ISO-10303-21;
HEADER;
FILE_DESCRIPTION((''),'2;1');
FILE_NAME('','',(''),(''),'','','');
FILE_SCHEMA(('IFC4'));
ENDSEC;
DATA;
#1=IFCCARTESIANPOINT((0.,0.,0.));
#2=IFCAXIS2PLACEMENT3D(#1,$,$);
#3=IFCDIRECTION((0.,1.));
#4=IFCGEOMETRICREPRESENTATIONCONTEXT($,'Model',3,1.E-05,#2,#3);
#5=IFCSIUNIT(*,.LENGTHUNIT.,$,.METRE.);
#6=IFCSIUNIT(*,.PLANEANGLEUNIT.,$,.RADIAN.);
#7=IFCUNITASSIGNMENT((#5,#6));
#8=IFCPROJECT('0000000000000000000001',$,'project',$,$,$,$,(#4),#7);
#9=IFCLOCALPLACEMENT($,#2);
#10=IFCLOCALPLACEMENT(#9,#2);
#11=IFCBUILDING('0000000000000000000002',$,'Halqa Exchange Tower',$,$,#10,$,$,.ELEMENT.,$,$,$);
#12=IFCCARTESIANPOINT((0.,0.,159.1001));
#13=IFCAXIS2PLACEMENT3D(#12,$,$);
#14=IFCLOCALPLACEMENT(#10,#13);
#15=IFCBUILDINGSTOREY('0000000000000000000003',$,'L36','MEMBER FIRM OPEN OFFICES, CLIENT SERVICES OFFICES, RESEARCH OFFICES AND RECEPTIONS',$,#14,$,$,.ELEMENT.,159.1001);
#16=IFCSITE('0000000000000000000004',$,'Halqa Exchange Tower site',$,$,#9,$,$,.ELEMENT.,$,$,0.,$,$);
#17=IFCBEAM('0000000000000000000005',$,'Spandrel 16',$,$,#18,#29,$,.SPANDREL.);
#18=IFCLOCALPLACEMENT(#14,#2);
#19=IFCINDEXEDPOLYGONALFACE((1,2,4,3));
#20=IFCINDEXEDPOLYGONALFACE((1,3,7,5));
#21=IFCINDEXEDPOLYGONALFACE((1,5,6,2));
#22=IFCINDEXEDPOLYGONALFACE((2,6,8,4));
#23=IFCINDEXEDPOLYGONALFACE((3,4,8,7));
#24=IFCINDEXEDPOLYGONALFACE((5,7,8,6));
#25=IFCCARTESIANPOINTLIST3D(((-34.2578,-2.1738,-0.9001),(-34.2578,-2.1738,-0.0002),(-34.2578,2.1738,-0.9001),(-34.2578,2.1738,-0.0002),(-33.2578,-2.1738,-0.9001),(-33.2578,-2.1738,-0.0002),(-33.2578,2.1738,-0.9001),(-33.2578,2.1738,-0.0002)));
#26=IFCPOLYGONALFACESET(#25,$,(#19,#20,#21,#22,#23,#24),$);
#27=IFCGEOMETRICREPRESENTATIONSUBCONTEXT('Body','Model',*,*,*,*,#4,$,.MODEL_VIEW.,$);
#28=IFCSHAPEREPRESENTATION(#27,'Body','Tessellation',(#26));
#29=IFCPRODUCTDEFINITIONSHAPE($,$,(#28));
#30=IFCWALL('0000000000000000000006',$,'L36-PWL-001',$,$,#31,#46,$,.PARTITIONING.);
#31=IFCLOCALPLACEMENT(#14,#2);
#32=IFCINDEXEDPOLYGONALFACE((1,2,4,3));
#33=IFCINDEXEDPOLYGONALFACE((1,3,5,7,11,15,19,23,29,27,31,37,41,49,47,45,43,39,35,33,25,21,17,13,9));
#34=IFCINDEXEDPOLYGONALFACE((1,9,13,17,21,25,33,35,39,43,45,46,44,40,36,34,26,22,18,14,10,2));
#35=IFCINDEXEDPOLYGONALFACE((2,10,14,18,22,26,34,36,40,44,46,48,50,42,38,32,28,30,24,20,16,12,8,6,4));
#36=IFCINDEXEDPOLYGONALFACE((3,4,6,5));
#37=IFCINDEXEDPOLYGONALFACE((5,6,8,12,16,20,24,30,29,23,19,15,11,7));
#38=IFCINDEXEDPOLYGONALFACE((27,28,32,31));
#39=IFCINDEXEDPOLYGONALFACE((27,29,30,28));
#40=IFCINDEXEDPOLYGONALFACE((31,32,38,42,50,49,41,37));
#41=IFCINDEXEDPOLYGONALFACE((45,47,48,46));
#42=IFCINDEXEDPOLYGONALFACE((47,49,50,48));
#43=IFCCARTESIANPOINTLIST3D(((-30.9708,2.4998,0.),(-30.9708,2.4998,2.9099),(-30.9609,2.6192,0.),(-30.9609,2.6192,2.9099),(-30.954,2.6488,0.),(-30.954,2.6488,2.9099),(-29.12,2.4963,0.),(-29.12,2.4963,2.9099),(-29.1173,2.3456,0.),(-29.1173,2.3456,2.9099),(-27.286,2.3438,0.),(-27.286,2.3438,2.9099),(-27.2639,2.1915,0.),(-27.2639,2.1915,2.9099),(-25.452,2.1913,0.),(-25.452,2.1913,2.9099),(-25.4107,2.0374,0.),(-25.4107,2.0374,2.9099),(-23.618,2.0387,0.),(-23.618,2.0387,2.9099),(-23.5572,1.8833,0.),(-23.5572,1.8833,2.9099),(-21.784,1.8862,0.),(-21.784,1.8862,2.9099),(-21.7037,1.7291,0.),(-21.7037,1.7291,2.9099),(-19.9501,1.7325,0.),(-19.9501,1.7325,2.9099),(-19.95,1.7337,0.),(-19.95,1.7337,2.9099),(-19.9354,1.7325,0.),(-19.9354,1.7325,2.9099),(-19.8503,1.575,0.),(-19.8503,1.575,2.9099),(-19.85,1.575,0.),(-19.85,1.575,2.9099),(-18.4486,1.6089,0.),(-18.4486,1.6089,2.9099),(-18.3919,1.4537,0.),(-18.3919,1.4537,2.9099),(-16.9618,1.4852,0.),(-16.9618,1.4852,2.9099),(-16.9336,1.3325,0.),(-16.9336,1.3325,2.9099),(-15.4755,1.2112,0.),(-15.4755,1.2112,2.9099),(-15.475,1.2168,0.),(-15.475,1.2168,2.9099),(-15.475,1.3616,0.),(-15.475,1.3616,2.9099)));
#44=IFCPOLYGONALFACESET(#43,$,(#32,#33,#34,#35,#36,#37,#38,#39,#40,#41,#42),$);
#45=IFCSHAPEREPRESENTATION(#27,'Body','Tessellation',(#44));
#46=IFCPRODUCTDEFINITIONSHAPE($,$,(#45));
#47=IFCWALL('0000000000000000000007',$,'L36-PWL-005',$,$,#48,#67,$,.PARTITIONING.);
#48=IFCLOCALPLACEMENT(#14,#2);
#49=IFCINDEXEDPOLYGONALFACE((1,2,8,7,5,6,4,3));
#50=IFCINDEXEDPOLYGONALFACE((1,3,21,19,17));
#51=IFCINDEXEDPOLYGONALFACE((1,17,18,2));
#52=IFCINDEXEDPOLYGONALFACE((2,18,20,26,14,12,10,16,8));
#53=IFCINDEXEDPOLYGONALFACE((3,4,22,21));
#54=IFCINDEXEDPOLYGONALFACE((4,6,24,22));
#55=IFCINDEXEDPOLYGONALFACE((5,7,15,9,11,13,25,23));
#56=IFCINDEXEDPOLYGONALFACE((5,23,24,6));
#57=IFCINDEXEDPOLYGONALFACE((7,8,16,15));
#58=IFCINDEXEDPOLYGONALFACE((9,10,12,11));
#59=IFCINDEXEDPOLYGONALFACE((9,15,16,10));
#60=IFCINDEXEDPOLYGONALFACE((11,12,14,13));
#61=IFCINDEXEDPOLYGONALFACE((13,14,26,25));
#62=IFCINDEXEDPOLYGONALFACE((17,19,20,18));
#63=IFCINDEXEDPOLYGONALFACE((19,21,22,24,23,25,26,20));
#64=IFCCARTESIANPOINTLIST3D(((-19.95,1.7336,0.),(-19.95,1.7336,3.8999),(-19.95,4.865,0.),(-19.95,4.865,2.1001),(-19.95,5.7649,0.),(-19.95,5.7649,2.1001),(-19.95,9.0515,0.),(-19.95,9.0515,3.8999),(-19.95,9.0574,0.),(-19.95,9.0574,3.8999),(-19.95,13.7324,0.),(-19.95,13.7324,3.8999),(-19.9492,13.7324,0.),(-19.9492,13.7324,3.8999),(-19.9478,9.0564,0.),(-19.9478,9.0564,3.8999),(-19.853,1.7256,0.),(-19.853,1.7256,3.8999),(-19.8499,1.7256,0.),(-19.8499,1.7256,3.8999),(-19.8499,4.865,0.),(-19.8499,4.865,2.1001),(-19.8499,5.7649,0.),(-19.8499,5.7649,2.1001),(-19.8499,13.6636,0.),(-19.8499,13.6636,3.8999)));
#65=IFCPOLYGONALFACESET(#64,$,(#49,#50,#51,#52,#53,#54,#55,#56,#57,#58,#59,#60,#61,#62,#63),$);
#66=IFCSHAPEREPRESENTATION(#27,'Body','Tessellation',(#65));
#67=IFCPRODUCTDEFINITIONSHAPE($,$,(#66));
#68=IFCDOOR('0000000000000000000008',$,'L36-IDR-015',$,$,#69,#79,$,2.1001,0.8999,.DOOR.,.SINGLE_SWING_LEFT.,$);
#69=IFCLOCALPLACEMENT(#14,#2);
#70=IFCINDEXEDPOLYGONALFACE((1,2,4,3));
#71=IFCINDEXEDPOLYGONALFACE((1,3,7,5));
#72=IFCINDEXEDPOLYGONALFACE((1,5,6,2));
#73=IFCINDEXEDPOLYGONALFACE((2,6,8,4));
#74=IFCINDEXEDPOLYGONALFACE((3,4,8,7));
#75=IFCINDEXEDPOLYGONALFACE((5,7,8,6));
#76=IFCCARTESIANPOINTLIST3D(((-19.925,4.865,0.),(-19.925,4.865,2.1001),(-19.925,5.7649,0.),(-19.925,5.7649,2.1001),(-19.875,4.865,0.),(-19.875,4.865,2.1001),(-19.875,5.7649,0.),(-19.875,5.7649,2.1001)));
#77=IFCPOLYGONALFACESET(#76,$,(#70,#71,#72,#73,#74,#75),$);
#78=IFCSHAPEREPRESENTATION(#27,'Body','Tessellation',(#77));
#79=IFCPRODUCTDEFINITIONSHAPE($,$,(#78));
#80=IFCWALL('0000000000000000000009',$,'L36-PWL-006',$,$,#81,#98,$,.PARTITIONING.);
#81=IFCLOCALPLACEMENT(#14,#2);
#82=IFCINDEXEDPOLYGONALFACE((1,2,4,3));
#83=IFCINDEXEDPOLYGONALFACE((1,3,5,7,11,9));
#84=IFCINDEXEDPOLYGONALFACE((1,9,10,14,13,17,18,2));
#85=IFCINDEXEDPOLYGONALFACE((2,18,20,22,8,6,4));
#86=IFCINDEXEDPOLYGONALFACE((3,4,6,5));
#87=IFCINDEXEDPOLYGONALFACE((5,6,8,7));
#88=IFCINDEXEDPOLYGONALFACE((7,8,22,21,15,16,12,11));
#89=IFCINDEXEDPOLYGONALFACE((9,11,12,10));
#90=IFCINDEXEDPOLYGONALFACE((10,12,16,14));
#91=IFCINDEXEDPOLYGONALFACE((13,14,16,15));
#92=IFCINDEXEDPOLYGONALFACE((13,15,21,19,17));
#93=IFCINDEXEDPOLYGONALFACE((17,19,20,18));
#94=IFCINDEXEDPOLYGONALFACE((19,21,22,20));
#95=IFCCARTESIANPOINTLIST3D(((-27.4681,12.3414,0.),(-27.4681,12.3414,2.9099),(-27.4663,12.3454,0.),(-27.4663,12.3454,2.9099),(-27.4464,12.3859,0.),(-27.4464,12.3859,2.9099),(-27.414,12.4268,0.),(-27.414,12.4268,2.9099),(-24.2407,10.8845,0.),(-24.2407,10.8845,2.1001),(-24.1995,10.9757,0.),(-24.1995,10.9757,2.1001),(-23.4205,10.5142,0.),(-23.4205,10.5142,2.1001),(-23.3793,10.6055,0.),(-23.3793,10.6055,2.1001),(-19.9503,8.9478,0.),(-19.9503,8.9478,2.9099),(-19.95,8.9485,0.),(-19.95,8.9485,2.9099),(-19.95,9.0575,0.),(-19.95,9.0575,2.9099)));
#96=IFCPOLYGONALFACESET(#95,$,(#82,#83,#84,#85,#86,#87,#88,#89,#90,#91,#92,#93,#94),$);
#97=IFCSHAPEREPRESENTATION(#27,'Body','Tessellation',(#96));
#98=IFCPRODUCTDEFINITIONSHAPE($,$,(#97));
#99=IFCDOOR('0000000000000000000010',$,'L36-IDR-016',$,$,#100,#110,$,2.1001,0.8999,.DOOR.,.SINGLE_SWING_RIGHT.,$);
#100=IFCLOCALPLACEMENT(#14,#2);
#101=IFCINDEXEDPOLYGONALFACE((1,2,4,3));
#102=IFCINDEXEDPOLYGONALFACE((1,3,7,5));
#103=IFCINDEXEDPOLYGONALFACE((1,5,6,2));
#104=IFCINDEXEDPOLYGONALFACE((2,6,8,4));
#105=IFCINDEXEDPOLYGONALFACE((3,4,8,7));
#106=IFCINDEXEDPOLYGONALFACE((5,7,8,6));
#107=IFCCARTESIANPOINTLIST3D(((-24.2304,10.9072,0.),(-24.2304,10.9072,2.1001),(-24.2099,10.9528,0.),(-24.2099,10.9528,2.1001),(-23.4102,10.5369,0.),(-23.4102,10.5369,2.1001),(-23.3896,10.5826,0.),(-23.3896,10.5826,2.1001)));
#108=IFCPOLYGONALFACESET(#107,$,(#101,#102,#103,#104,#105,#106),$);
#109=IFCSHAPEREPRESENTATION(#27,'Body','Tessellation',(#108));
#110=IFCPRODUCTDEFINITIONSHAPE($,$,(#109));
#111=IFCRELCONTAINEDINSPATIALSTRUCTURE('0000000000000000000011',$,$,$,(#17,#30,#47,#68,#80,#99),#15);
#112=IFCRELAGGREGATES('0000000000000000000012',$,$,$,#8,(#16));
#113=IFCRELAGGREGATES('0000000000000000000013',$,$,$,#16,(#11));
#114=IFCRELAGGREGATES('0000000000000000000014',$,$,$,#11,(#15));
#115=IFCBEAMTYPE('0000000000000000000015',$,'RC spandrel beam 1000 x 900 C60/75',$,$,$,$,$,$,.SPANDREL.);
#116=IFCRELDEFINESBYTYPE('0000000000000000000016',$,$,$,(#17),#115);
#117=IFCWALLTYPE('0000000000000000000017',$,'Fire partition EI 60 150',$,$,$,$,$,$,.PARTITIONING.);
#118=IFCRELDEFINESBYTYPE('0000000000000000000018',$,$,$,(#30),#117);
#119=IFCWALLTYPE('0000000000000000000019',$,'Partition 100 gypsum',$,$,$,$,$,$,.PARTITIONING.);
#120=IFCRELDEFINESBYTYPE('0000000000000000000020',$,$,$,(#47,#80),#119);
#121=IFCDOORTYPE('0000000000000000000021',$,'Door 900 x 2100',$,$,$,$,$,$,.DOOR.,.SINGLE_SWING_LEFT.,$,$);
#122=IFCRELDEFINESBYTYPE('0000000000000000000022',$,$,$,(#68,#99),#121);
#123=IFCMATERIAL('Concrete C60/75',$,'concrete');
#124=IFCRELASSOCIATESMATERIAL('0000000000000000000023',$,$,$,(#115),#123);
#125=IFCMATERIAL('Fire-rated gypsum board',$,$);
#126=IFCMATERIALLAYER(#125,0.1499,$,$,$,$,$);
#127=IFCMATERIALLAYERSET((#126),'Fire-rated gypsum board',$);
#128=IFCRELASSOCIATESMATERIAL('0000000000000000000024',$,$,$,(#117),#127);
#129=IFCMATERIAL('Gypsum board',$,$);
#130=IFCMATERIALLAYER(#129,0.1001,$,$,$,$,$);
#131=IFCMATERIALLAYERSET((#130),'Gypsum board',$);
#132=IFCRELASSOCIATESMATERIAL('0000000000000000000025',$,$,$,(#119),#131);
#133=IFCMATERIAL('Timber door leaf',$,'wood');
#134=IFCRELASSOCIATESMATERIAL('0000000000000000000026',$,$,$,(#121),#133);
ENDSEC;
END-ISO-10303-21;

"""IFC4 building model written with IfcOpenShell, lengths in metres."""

from ifc_helpers import new_model, si_unit, direction, frame, frame_2d, origin, origin_2d, place, context, subcontext, project, spatial, polyline, rectangle, outline, extrude, material, layer, layer_set, material_profile, profile_set, type_object, element, fill, save


model = new_model("IFC4")

# Units and contexts
model_context = context("Model", 3, precision=1e-05, world=origin(), true_north=direction((0.0, 1.0)))
body_context = subcontext(model_context, "Body", "Model", "MODEL_VIEW")
ifc_project = project(units=[si_unit("LENGTHUNIT", "METRE"), si_unit("PLANEANGLEUNIT", "RADIAN")], contexts=[model_context])

# Site, building, storey
site_placement = place(None, origin())
site = spatial("IfcSite", under=ifc_project, at=site_placement, Name="Halqa Exchange Tower site", CompositionType="ELEMENT", RefElevation=0.0)
building_placement = place(site_placement, origin())
building = spatial("IfcBuilding", under=site, at=building_placement, Name="Halqa Exchange Tower", CompositionType="ELEMENT")
storey_placement = place(building_placement, frame((0.0, 0.0, 159.1001)))
storey = spatial("IfcBuildingStorey", under=building, at=storey_placement, Name="L36", Description="MEMBER FIRM OPEN OFFICES, CLIENT SERVICES OFFICES, RESEARCH OFFICES AND RECEPTIONS", CompositionType="ELEMENT", Elevation=159.1001)

# Beam
ifc_material_1 = material(Name="Concrete C60/75", Category="concrete")
ifc_material_profile_1 = material_profile(ifc_material_1, rectangle(XDim=1.0, YDim=0.8999, at=origin_2d()), Name="1000 x 900")
ifc_profile_set_1 = profile_set([ifc_material_profile_1], Name="Concrete C60/75")
beam_type_1 = type_object("IfcBeamType", Name="RC spandrel beam 1000 x 900 C60/75", PredefinedType="SPANDREL", material=ifc_profile_set_1)
beam_1_placement = place(storey_placement, frame((-33.7578, 2.1738, -0.4502), z_axis=(0.0, -1.0, 0.0), x_axis=(1.0, 0.0, 0.0)))
element("IfcBeam", 1, at=beam_1_placement, inside=storey, type_object=beam_type_1, Name="Spandrel 16", PredefinedType="SPANDREL", context=body_context, shape_type="SweptSolid", body=[
    extrude(rectangle(XDim=1.0, YDim=0.8999, at=origin_2d()), origin(), (0.0, 0.0, 1.0), 4.3477),
])

# Wall
ifc_material_2 = material(Name="Fire-rated gypsum board")
ifc_layer_1 = layer(ifc_material_2, 0.1499)
ifc_layer_set_1 = layer_set([ifc_layer_1], Name="Fire-rated gypsum board")
wall_type_1 = type_object("IfcWallType", Name="Fire partition EI 60 150", PredefinedType="PARTITIONING", material=ifc_layer_set_1)
wall_1_placement = place(storey_placement, frame((-30.9646, 2.5745, 0.0), z_axis=(0.0, 0.0, 1.0), x_axis=(0.99656, -0.082873, 0.0)))
element("IfcWall", 2, at=wall_1_placement, inside=storey, type_object=wall_type_1, Name="L36-PWL-001", PredefinedType="PARTITIONING", context=body_context, shape_type="SweptSolid", body=[
    extrude(outline(polyline([(0.0, -0.075), (1.8599, -0.075), (3.7197, -0.075), (5.5793, -0.075), (7.4392, -0.075), (9.2991, -0.075), (11.1589, -0.075), (11.1592, -0.075), (11.1592, -0.075), (12.6223, -0.075), (14.0857, -0.075), (15.5488, -0.075), (15.5488, -0.0693), (15.5369, 0.075), (14.0449, 0.075), (12.553, 0.075), (11.061, 0.075), (11.0464, 0.0737), (11.0464, 0.075), (9.2061, 0.075), (7.3657, 0.075), (5.5254, 0.075), (3.6851, 0.075), (1.8447, 0.075), (0.0044, 0.075), (0.0, 0.0449), (0.0, -0.075)])), origin(), (0.0, 0.0, 1.0), 2.9099),
])

# Walls, openings, doors
ifc_material_3 = material(Name="Gypsum board")
ifc_layer_2 = layer(ifc_material_3, 0.1001)
ifc_layer_set_2 = layer_set([ifc_layer_2], Name="Gypsum board")
wall_type_2 = type_object("IfcWallType", Name="Partition 100 gypsum", PredefinedType="PARTITIONING", material=ifc_layer_set_2)
wall_2_placement = place(storey_placement, frame((-19.8999, 1.7256, 0.0), z_axis=(0.0, 0.0, 1.0), x_axis=(0.0, 1.0, 0.0)))
wall_2 = element("IfcWall", 3, at=wall_2_placement, inside=storey, type_object=wall_type_2, Name="L36-PWL-005", PredefinedType="PARTITIONING", context=body_context, shape_type="SweptSolid", body=[
    extrude(outline(polyline([(0.0, -0.05), (1.9897, -0.05), (3.9792, -0.05), (5.969, -0.05), (7.9587, -0.05), (9.9485, -0.05), (11.938, -0.05), (12.0068, 0.0493), (12.0068, 0.05), (10.4485, 0.05), (8.8901, 0.05), (7.3318, 0.05), (7.3308, 0.0479), (7.3259, 0.05), (5.4966, 0.05), (3.667, 0.05), (1.8376, 0.05), (0.0081, 0.05), (0.0, -0.0469), (0.0, -0.05)])), origin(), (0.0, 0.0, 1.0), 3.8999),
])
opening_1_placement = place(wall_2_placement, frame((3.1394, 0.0, 0.0)))
opening_1 = element("IfcOpeningElement", 4, at=opening_1_placement, cuts=wall_2, PredefinedType="OPENING", context=body_context, shape_type="SweptSolid", body=[
    extrude(rectangle(XDim=0.8999, YDim=2.1001, at=frame_2d((0.45, 1.05))), frame((0.0, 0.062, 0.0), z_axis=(0.0, -1.0, 0.0), x_axis=(1.0, 0.0, 0.0)), (0.0, 0.0, 1.0), 0.124),
])
ifc_material_4 = material(Name="Timber door leaf", Category="wood")
door_type_1 = type_object("IfcDoorType", Name="Door 900 x 2100", OperationType="SINGLE_SWING_LEFT", PredefinedType="DOOR", material=ifc_material_4)
door_1_placement = place(opening_1_placement, frame((0.8999, 0.0, 0.0), z_axis=(0.0, 0.0, 1.0), x_axis=(-1.0, 0.0, 0.0)))
door_1 = element("IfcDoor", 5, at=door_1_placement, inside=storey, type_object=door_type_1, Name="L36-IDR-015", OperationType="SINGLE_SWING_LEFT", OverallHeight=2.1001, OverallWidth=0.8999, PredefinedType="DOOR", context=body_context, shape_type="SweptSolid", body=[
    extrude(rectangle(XDim=0.8999, YDim=2.1001, at=frame_2d((0.45, 1.05))), frame((0.0, 0.0249, 0.0), z_axis=(0.0, -1.0, 0.0), x_axis=(1.0, 0.0, 0.0)), (0.0, 0.0, 1.0), 0.05),
])
fill(opening_1, door_1)
wall_3_placement = place(storey_placement, frame((-19.9297, 8.9934, 0.0), z_axis=(0.0, 0.0, 1.0), x_axis=(-0.911443, 0.411427, 0.0)))
wall_3 = element("IfcWall", 6, at=wall_3_placement, inside=storey, type_object=wall_type_2, Name="L36-PWL-006", PredefinedType="PARTITIONING", context=body_context, shape_type="SweptSolid", body=[
    extrude(outline(polyline([(0.0449, -0.05), (1.6829, -0.05), (3.3206, -0.05), (4.9585, -0.05), (6.5964, -0.05), (8.2341, -0.05), (8.2468, 0.0005), (8.2483, 0.0457), (8.2483, 0.05), (6.5986, 0.05), (4.949, 0.05), (3.2993, 0.05), (1.6497, 0.05), (0.0, 0.05), (0.0, 0.0493), (0.0449, -0.05)])), origin(), (0.0, 0.0, 1.0), 2.9099),
])
opening_2_placement = place(wall_3_placement, frame((3.8074, 0.0, 0.0)))
opening_2 = element("IfcOpeningElement", 7, at=opening_2_placement, cuts=wall_3, PredefinedType="OPENING", context=body_context, shape_type="SweptSolid", body=[
    extrude(rectangle(XDim=0.8999, YDim=2.1001, at=frame_2d((0.45, 1.05))), frame((0.0, 0.062, 0.0), z_axis=(0.0, -1.0, 0.0), x_axis=(1.0, 0.0, 0.0)), (0.0, 0.0, 1.0), 0.124),
])
door_2_placement = place(opening_2_placement, frame((0.8999, 0.0, 0.0), z_axis=(0.0, 0.0, 1.0), x_axis=(-1.0, 0.0, 0.0)))
door_2 = element("IfcDoor", 8, at=door_2_placement, inside=storey, type_object=door_type_1, Name="L36-IDR-016", OperationType="SINGLE_SWING_RIGHT", OverallHeight=2.1001, OverallWidth=0.8999, PredefinedType="DOOR", context=body_context, shape_type="SweptSolid", body=[
    extrude(rectangle(XDim=0.8999, YDim=2.1001, at=frame_2d((0.45, 1.05))), frame((0.0, 0.0249, 0.0), z_axis=(0.0, -1.0, 0.0), x_axis=(1.0, 0.0, 0.0)), (0.0, 0.0, 1.0), 0.05),
])
fill(opening_2, door_2)

save(model, "model.ifc")
